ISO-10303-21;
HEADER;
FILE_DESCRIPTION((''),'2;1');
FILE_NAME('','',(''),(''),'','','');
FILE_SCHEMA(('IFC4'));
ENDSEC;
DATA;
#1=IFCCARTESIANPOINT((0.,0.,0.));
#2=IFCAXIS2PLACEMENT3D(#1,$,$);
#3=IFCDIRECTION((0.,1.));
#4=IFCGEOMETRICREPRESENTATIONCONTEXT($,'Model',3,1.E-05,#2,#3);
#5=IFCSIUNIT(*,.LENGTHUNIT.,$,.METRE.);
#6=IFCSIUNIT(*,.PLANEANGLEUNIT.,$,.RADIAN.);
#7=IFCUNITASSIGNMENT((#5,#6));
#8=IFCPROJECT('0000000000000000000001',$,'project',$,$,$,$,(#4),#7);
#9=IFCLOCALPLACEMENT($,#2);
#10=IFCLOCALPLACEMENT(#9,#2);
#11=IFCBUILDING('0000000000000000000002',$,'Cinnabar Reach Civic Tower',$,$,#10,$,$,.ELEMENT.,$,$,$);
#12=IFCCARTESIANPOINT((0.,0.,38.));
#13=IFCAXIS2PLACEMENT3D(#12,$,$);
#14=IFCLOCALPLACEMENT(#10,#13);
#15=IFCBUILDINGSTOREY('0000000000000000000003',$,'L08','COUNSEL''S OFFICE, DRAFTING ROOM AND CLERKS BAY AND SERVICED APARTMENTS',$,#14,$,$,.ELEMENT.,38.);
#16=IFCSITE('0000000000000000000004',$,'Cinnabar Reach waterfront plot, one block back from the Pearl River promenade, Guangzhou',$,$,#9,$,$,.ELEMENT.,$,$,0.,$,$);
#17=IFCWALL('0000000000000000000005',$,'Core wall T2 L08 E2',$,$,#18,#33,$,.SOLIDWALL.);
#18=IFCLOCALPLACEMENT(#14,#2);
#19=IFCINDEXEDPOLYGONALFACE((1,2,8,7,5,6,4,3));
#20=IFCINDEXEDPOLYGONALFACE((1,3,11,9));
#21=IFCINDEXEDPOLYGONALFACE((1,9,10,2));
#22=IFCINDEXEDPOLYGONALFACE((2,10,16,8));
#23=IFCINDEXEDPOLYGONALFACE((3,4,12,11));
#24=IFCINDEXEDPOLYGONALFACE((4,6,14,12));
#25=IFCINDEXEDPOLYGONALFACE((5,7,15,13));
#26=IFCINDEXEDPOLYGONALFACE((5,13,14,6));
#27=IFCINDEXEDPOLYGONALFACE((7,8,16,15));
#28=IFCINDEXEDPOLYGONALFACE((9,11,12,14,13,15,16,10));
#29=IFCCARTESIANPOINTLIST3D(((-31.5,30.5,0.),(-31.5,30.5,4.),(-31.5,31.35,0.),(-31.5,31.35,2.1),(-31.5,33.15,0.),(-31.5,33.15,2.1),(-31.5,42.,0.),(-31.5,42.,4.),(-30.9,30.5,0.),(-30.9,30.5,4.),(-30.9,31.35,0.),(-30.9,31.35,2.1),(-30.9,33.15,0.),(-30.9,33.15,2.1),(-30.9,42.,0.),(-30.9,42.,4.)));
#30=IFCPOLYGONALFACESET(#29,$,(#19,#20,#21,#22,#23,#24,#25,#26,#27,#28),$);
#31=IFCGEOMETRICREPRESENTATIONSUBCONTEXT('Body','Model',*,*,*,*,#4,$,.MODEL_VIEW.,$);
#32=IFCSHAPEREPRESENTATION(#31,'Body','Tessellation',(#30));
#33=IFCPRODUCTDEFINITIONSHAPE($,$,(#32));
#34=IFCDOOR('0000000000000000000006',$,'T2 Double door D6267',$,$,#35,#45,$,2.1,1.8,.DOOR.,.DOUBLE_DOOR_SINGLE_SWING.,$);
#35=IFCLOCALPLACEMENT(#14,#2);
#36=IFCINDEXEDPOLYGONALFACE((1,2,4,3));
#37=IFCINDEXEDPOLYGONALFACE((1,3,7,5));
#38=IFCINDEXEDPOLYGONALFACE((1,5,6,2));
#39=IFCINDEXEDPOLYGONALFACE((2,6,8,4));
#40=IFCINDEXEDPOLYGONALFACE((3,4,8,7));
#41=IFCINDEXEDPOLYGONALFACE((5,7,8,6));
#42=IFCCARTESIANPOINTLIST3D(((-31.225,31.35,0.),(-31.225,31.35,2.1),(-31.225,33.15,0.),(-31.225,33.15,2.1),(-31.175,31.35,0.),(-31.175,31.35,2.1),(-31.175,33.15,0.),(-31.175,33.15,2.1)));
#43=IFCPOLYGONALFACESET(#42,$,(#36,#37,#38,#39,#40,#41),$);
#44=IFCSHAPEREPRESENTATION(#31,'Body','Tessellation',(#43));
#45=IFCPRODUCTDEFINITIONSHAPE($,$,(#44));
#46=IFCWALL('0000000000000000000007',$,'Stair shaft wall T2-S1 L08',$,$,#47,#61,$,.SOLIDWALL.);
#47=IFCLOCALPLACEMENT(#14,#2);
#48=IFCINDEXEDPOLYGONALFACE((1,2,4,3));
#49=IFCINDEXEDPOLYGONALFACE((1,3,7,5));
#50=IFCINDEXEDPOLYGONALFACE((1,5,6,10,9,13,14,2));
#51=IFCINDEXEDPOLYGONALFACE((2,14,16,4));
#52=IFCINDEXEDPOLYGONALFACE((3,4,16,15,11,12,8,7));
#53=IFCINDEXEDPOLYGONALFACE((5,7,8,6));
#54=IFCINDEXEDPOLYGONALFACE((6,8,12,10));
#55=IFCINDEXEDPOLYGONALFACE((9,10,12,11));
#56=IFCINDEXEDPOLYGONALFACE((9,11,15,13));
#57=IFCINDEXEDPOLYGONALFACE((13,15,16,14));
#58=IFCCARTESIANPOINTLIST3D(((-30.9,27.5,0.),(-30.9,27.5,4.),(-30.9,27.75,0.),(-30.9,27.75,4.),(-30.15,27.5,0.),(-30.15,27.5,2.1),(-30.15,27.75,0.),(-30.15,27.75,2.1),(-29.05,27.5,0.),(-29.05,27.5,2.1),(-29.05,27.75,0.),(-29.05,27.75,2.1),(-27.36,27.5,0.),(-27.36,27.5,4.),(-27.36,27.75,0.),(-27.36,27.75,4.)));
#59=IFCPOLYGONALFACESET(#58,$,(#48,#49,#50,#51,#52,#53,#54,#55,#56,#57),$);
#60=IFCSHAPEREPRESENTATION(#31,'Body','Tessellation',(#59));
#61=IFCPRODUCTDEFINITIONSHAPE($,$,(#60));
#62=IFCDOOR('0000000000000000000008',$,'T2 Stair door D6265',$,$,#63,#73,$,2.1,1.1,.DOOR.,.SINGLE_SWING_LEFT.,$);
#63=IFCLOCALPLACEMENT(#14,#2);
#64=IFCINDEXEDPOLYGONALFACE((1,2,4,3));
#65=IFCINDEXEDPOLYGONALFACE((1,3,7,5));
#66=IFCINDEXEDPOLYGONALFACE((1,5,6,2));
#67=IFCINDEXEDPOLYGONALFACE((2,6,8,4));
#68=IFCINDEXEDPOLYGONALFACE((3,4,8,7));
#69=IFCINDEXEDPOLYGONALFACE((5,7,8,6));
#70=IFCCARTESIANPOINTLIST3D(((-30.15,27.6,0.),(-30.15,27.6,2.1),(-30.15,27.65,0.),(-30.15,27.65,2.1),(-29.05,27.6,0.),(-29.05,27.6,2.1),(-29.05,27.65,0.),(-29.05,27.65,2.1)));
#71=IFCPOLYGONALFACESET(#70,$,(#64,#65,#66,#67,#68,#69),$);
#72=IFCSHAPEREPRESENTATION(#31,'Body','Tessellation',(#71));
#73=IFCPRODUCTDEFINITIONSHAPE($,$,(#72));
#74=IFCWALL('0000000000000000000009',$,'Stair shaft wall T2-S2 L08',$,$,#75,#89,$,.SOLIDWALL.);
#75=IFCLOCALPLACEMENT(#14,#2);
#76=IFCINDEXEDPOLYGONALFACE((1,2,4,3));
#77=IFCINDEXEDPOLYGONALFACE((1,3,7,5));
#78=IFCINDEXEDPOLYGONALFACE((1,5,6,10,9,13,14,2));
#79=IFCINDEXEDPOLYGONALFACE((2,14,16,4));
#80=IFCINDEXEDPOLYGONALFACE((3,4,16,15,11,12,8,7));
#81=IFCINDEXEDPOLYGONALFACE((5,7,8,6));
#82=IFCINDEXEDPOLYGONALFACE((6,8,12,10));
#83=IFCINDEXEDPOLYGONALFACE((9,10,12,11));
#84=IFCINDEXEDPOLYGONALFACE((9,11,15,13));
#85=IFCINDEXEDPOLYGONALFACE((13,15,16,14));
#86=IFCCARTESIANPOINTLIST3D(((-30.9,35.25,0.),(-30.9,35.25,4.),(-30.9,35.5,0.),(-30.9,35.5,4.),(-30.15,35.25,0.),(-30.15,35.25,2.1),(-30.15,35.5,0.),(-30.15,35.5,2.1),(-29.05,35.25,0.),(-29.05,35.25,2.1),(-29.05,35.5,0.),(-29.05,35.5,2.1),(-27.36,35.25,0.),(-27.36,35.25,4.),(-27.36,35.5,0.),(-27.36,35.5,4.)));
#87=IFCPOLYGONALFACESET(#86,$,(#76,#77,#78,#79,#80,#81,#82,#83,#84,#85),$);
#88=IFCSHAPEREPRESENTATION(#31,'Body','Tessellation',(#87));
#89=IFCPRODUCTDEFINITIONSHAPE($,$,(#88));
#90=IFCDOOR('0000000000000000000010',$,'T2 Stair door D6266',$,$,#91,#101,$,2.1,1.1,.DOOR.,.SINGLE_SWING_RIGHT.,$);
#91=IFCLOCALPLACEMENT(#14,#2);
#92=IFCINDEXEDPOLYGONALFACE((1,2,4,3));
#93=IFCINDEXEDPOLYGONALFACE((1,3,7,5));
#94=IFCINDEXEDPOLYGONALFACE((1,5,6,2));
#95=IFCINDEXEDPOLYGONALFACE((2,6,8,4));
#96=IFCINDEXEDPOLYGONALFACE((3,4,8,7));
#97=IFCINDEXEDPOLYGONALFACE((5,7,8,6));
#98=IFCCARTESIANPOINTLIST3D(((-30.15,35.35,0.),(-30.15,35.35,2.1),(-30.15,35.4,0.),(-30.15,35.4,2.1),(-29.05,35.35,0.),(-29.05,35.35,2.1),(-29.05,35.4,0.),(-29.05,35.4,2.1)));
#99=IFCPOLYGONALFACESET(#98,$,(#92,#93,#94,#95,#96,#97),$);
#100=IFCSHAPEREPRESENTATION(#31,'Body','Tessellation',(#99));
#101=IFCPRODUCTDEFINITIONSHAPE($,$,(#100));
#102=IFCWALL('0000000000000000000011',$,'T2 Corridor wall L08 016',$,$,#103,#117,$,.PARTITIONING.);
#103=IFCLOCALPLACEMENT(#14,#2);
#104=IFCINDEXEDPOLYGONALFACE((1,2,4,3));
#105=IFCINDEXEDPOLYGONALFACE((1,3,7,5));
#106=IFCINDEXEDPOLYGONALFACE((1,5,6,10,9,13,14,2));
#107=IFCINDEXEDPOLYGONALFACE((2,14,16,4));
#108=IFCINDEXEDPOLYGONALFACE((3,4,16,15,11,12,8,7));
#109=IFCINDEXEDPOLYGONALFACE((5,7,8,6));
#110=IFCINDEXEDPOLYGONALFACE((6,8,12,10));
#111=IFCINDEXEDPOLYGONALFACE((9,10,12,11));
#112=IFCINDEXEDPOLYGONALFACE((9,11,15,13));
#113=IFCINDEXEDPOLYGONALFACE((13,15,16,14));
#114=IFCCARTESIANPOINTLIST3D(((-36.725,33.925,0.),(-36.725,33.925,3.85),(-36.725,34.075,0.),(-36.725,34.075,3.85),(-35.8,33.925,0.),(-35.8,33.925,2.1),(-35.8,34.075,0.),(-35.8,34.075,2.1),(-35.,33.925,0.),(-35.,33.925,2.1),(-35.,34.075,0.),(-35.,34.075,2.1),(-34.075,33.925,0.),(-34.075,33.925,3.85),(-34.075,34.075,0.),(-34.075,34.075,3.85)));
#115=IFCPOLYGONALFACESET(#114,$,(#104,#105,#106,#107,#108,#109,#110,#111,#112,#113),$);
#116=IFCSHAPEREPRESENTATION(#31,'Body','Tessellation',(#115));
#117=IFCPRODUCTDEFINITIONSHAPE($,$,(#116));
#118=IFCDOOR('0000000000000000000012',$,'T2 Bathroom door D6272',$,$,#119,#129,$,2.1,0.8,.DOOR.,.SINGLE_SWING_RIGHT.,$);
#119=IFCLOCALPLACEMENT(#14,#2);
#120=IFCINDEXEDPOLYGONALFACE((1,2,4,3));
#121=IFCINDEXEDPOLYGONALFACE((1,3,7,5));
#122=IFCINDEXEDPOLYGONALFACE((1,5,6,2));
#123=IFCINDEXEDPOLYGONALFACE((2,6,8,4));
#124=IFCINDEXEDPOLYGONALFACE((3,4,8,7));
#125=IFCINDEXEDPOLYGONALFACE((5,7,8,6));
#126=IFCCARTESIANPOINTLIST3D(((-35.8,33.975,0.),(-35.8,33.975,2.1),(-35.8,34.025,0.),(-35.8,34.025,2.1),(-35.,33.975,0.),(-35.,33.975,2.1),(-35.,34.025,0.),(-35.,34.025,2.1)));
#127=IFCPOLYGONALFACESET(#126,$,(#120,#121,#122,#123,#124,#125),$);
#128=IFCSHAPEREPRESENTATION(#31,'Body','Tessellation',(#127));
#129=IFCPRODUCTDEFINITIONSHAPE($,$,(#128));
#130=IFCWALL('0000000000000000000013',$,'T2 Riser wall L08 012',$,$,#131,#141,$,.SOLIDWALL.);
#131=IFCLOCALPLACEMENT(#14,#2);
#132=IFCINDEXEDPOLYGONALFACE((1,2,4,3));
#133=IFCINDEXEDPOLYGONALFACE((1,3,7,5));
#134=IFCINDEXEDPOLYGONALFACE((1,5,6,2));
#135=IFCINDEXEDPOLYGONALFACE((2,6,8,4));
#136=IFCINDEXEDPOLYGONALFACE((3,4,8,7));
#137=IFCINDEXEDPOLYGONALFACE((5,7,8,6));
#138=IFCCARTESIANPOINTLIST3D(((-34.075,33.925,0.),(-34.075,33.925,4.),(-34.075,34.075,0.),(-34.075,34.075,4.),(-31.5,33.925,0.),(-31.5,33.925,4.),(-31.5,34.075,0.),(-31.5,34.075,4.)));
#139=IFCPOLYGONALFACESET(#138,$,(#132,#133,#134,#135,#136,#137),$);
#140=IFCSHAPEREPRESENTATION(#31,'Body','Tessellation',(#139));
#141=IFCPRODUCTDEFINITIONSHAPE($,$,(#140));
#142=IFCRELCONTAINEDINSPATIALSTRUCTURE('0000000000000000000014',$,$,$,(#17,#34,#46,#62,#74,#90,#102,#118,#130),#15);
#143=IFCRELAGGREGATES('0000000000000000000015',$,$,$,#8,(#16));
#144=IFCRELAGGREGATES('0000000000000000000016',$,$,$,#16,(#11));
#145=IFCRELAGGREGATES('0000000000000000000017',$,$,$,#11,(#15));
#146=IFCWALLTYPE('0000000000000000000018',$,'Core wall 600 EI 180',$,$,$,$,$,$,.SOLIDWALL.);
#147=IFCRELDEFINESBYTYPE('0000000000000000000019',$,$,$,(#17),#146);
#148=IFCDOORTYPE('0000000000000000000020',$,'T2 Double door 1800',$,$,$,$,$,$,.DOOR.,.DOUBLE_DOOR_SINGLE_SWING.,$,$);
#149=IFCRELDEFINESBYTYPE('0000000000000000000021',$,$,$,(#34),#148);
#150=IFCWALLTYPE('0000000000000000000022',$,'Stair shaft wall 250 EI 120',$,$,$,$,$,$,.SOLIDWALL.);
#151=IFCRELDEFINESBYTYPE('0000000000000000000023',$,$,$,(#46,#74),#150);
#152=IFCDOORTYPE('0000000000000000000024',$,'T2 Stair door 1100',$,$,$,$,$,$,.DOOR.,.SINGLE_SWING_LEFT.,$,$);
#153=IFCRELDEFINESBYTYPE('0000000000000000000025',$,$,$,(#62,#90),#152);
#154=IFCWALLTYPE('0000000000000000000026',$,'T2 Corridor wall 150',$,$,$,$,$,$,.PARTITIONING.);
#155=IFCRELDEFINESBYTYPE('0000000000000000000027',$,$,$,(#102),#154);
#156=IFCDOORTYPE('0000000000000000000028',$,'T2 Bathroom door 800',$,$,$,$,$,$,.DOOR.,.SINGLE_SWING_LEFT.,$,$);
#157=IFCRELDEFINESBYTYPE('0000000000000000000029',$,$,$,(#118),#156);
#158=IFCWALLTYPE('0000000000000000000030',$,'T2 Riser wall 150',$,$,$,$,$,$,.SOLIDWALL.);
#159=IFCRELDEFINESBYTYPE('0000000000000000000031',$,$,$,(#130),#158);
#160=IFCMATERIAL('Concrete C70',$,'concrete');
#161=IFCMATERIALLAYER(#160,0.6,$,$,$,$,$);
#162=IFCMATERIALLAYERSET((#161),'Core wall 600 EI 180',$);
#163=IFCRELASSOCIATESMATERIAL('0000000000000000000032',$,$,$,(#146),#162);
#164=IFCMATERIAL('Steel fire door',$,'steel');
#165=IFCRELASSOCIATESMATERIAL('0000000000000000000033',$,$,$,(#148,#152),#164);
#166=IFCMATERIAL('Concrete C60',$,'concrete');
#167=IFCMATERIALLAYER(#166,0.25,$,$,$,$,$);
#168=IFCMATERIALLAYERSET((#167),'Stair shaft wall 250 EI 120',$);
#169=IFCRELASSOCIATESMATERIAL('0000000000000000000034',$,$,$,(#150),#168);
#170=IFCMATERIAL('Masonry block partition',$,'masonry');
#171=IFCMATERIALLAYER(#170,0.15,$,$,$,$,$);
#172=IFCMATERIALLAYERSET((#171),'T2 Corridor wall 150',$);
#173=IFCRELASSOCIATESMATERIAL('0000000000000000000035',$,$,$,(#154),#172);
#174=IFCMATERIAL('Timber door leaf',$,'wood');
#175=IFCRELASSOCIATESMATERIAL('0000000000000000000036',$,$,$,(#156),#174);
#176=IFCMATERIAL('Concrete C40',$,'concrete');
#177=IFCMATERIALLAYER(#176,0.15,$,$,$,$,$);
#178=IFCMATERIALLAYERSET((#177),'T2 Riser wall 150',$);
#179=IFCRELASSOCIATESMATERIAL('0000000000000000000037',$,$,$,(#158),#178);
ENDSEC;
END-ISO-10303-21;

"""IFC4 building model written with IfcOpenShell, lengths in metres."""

from ifc_helpers import new_model, si_unit, direction, frame, frame_2d, origin, place, context, subcontext, project, spatial, rectangle, extrude, material, layer, layer_set, type_object, element, fill, save


model = new_model("IFC4")

# Units and contexts
model_context = context("Model", 3, precision=1e-05, world=origin(), true_north=direction((0.0, 1.0)))
body_context = subcontext(model_context, "Body", "Model", "MODEL_VIEW")
ifc_project = project(units=[si_unit("LENGTHUNIT", "METRE"), si_unit("PLANEANGLEUNIT", "RADIAN")], contexts=[model_context])

# Site, building, storey
site_placement = place(None, origin())
site = spatial("IfcSite", under=ifc_project, at=site_placement, Name="Cinnabar Reach waterfront plot, one block back from the Pearl River promenade, Guangzhou", CompositionType="ELEMENT", RefElevation=0.0)
building_placement = place(site_placement, origin())
building = spatial("IfcBuilding", under=site, at=building_placement, Name="Cinnabar Reach Civic Tower", CompositionType="ELEMENT")
storey_placement = place(building_placement, frame((0.0, 0.0, 38.0)))
storey = spatial("IfcBuildingStorey", under=building, at=storey_placement, Name="L08", Description="COUNSEL'S OFFICE, DRAFTING ROOM AND CLERKS BAY AND SERVICED APARTMENTS", CompositionType="ELEMENT", Elevation=38.0)

# Shared definitions
ifc_material_1 = material(Name="Concrete C70", Category="concrete")

# Walls, openings, doors
ifc_layer_1 = layer(ifc_material_1, 0.6)
ifc_layer_set_1 = layer_set([ifc_layer_1], Name="Core wall 600 EI 180")
wall_type_1 = type_object("IfcWallType", Name="Core wall 600 EI 180", PredefinedType="SOLIDWALL", material=ifc_layer_set_1)
wall_1_placement = place(storey_placement, frame((-31.2, 30.5, 0.0), z_axis=(0.0, 0.0, 1.0), x_axis=(0.0, 1.0, 0.0)))
wall_1 = element("IfcWall", 1, at=wall_1_placement, inside=storey, type_object=wall_type_1, Name="Core wall T2 L08 E2", PredefinedType="SOLIDWALL", context=body_context, shape_type="SweptSolid", body=[
    extrude(rectangle(XDim=11.5, YDim=0.6, at=frame_2d((5.75, 0.0))), origin(), (0.0, 0.0, 1.0), 4.0),
])
opening_1_placement = place(wall_1_placement, frame((0.85, 0.0, 0.0)))
opening_1 = element("IfcOpeningElement", 2, at=opening_1_placement, cuts=wall_1, PredefinedType="OPENING", context=body_context, shape_type="SweptSolid", body=[
    extrude(rectangle(XDim=1.8, YDim=2.1, at=frame_2d((0.9, 1.05))), frame((0.0, 0.31, 0.0), z_axis=(0.0, -1.0, 0.0), x_axis=(1.0, 0.0, 0.0)), (0.0, 0.0, 1.0), 0.62),
])
ifc_material_2 = material(Name="Steel fire door", Category="steel")
door_type_1 = type_object("IfcDoorType", Name="T2 Double door 1800", OperationType="DOUBLE_DOOR_SINGLE_SWING", PredefinedType="DOOR", material=ifc_material_2)
door_1_placement = place(opening_1_placement, origin())
door_1 = element("IfcDoor", 3, at=door_1_placement, inside=storey, type_object=door_type_1, Name="T2 Double door D6267", OperationType="DOUBLE_DOOR_SINGLE_SWING", OverallHeight=2.1, OverallWidth=1.8, PredefinedType="DOOR", context=body_context, shape_type="SweptSolid", body=[
    extrude(rectangle(XDim=1.8, YDim=2.1, at=frame_2d((0.9, 1.05))), frame((0.0, 0.025, 0.0), z_axis=(0.0, -1.0, 0.0), x_axis=(1.0, 0.0, 0.0)), (0.0, 0.0, 1.0), 0.05),
])
fill(opening_1, door_1)
ifc_material_3 = material(Name="Concrete C60", Category="concrete")
ifc_layer_2 = layer(ifc_material_3, 0.25)
ifc_layer_set_2 = layer_set([ifc_layer_2], Name="Stair shaft wall 250 EI 120")
wall_type_2 = type_object("IfcWallType", Name="Stair shaft wall 250 EI 120", PredefinedType="SOLIDWALL", material=ifc_layer_set_2)
wall_2_placement = place(storey_placement, frame((-27.36, 27.625, 0.0), z_axis=(0.0, 0.0, 1.0), x_axis=(-1.0, 0.0, 0.0)))
wall_2 = element("IfcWall", 4, at=wall_2_placement, inside=storey, type_object=wall_type_2, Name="Stair shaft wall T2-S1 L08", PredefinedType="SOLIDWALL", context=body_context, shape_type="SweptSolid", body=[
    extrude(rectangle(XDim=3.54, YDim=0.25, at=frame_2d((1.77, 0.0))), origin(), (0.0, 0.0, 1.0), 4.0),
])
opening_2_placement = place(wall_2_placement, frame((1.69, 0.0, 0.0)))
opening_2 = element("IfcOpeningElement", 5, at=opening_2_placement, cuts=wall_2, PredefinedType="OPENING", context=body_context, shape_type="SweptSolid", body=[
    extrude(rectangle(XDim=1.1, YDim=2.1, at=frame_2d((0.55, 1.05))), frame((0.0, 0.135, 0.0), z_axis=(0.0, -1.0, 0.0), x_axis=(1.0, 0.0, 0.0)), (0.0, 0.0, 1.0), 0.27),
])
door_type_2 = type_object("IfcDoorType", Name="T2 Stair door 1100", OperationType="SINGLE_SWING_LEFT", PredefinedType="DOOR", material=ifc_material_2)
door_2_placement = place(opening_2_placement, origin())
door_2 = element("IfcDoor", 6, at=door_2_placement, inside=storey, type_object=door_type_2, Name="T2 Stair door D6265", OperationType="SINGLE_SWING_LEFT", OverallHeight=2.1, OverallWidth=1.1, PredefinedType="DOOR", context=body_context, shape_type="SweptSolid", body=[
    extrude(rectangle(XDim=1.1, YDim=2.1, at=frame_2d((0.55, 1.05))), frame((0.0, 0.025, 0.0), z_axis=(0.0, -1.0, 0.0), x_axis=(1.0, 0.0, 0.0)), (0.0, 0.0, 1.0), 0.05),
])
fill(opening_2, door_2)
wall_3_placement = place(storey_placement, frame((-30.9, 35.375, 0.0), z_axis=(0.0, 0.0, 1.0), x_axis=(1.0, 0.0, 0.0)))
wall_3 = element("IfcWall", 7, at=wall_3_placement, inside=storey, type_object=wall_type_2, Name="Stair shaft wall T2-S2 L08", PredefinedType="SOLIDWALL", context=body_context, shape_type="SweptSolid", body=[
    extrude(rectangle(XDim=3.54, YDim=0.25, at=frame_2d((1.77, 0.0))), origin(), (0.0, 0.0, 1.0), 4.0),
])
opening_3_placement = place(wall_3_placement, frame((0.75, 0.0, 0.0)))
opening_3 = element("IfcOpeningElement", 8, at=opening_3_placement, cuts=wall_3, PredefinedType="OPENING", context=body_context, shape_type="SweptSolid", body=[
    extrude(rectangle(XDim=1.1, YDim=2.1, at=frame_2d((0.55, 1.05))), frame((0.0, 0.135, 0.0), z_axis=(0.0, -1.0, 0.0), x_axis=(1.0, 0.0, 0.0)), (0.0, 0.0, 1.0), 0.27),
])
door_3_placement = place(opening_3_placement, origin())
door_3 = element("IfcDoor", 9, at=door_3_placement, inside=storey, type_object=door_type_2, Name="T2 Stair door D6266", OperationType="SINGLE_SWING_RIGHT", OverallHeight=2.1, OverallWidth=1.1, PredefinedType="DOOR", context=body_context, shape_type="SweptSolid", body=[
    extrude(rectangle(XDim=1.1, YDim=2.1, at=frame_2d((0.55, 1.05))), frame((0.0, 0.025, 0.0), z_axis=(0.0, -1.0, 0.0), x_axis=(1.0, 0.0, 0.0)), (0.0, 0.0, 1.0), 0.05),
])
fill(opening_3, door_3)
ifc_material_4 = material(Name="Masonry block partition", Category="masonry")
ifc_layer_3 = layer(ifc_material_4, 0.15)
ifc_layer_set_3 = layer_set([ifc_layer_3], Name="T2 Corridor wall 150")
wall_type_3 = type_object("IfcWallType", Name="T2 Corridor wall 150", PredefinedType="PARTITIONING", material=ifc_layer_set_3)
wall_4_placement = place(storey_placement, frame((-34.075, 34.0, 0.0), z_axis=(0.0, 0.0, 1.0), x_axis=(-1.0, 0.0, 0.0)))
wall_4 = element("IfcWall", 10, at=wall_4_placement, inside=storey, type_object=wall_type_3, Name="T2 Corridor wall L08 016", PredefinedType="PARTITIONING", context=body_context, shape_type="SweptSolid", body=[
    extrude(rectangle(XDim=2.65, YDim=0.15, at=frame_2d((1.325, 0.0))), origin(), (0.0, 0.0, 1.0), 3.85),
])
opening_4_placement = place(wall_4_placement, frame((0.925, 0.0, 0.0)))
opening_4 = element("IfcOpeningElement", 11, at=opening_4_placement, cuts=wall_4, PredefinedType="OPENING", context=body_context, shape_type="SweptSolid", body=[
    extrude(rectangle(XDim=0.8, YDim=2.1, at=frame_2d((0.4, 1.05))), frame((0.0, 0.085, 0.0), z_axis=(0.0, -1.0, 0.0), x_axis=(1.0, 0.0, 0.0)), (0.0, 0.0, 1.0), 0.17),
])
ifc_material_5 = material(Name="Timber door leaf", Category="wood")
door_type_3 = type_object("IfcDoorType", Name="T2 Bathroom door 800", OperationType="SINGLE_SWING_LEFT", PredefinedType="DOOR", material=ifc_material_5)
door_4_placement = place(opening_4_placement, frame((0.8, 0.0, 0.0), z_axis=(0.0, 0.0, 1.0), x_axis=(-1.0, 0.0, 0.0)))
door_4 = element("IfcDoor", 12, at=door_4_placement, inside=storey, type_object=door_type_3, Name="T2 Bathroom door D6272", OperationType="SINGLE_SWING_RIGHT", OverallHeight=2.1, OverallWidth=0.8, PredefinedType="DOOR", context=body_context, shape_type="SweptSolid", body=[
    extrude(rectangle(XDim=0.8, YDim=2.1, at=frame_2d((0.4, 1.05))), frame((0.0, 0.025, 0.0), z_axis=(0.0, -1.0, 0.0), x_axis=(1.0, 0.0, 0.0)), (0.0, 0.0, 1.0), 0.05),
])
fill(opening_4, door_4)

# Wall
ifc_material_6 = material(Name="Concrete C40", Category="concrete")
ifc_layer_4 = layer(ifc_material_6, 0.15)
ifc_layer_set_4 = layer_set([ifc_layer_4], Name="T2 Riser wall 150")
wall_type_4 = type_object("IfcWallType", Name="T2 Riser wall 150", PredefinedType="SOLIDWALL", material=ifc_layer_set_4)
wall_5_placement = place(storey_placement, frame((-34.075, 34.0, 0.0), z_axis=(0.0, 0.0, 1.0), x_axis=(1.0, 0.0, 0.0)))
element("IfcWall", 13, at=wall_5_placement, inside=storey, type_object=wall_type_4, Name="T2 Riser wall L08 012", PredefinedType="SOLIDWALL", context=body_context, shape_type="SweptSolid", body=[
    extrude(rectangle(XDim=2.575, YDim=0.15, at=frame_2d((1.2875, 0.0))), origin(), (0.0, 0.0, 1.0), 4.0),
])

save(model, "model.ifc")
